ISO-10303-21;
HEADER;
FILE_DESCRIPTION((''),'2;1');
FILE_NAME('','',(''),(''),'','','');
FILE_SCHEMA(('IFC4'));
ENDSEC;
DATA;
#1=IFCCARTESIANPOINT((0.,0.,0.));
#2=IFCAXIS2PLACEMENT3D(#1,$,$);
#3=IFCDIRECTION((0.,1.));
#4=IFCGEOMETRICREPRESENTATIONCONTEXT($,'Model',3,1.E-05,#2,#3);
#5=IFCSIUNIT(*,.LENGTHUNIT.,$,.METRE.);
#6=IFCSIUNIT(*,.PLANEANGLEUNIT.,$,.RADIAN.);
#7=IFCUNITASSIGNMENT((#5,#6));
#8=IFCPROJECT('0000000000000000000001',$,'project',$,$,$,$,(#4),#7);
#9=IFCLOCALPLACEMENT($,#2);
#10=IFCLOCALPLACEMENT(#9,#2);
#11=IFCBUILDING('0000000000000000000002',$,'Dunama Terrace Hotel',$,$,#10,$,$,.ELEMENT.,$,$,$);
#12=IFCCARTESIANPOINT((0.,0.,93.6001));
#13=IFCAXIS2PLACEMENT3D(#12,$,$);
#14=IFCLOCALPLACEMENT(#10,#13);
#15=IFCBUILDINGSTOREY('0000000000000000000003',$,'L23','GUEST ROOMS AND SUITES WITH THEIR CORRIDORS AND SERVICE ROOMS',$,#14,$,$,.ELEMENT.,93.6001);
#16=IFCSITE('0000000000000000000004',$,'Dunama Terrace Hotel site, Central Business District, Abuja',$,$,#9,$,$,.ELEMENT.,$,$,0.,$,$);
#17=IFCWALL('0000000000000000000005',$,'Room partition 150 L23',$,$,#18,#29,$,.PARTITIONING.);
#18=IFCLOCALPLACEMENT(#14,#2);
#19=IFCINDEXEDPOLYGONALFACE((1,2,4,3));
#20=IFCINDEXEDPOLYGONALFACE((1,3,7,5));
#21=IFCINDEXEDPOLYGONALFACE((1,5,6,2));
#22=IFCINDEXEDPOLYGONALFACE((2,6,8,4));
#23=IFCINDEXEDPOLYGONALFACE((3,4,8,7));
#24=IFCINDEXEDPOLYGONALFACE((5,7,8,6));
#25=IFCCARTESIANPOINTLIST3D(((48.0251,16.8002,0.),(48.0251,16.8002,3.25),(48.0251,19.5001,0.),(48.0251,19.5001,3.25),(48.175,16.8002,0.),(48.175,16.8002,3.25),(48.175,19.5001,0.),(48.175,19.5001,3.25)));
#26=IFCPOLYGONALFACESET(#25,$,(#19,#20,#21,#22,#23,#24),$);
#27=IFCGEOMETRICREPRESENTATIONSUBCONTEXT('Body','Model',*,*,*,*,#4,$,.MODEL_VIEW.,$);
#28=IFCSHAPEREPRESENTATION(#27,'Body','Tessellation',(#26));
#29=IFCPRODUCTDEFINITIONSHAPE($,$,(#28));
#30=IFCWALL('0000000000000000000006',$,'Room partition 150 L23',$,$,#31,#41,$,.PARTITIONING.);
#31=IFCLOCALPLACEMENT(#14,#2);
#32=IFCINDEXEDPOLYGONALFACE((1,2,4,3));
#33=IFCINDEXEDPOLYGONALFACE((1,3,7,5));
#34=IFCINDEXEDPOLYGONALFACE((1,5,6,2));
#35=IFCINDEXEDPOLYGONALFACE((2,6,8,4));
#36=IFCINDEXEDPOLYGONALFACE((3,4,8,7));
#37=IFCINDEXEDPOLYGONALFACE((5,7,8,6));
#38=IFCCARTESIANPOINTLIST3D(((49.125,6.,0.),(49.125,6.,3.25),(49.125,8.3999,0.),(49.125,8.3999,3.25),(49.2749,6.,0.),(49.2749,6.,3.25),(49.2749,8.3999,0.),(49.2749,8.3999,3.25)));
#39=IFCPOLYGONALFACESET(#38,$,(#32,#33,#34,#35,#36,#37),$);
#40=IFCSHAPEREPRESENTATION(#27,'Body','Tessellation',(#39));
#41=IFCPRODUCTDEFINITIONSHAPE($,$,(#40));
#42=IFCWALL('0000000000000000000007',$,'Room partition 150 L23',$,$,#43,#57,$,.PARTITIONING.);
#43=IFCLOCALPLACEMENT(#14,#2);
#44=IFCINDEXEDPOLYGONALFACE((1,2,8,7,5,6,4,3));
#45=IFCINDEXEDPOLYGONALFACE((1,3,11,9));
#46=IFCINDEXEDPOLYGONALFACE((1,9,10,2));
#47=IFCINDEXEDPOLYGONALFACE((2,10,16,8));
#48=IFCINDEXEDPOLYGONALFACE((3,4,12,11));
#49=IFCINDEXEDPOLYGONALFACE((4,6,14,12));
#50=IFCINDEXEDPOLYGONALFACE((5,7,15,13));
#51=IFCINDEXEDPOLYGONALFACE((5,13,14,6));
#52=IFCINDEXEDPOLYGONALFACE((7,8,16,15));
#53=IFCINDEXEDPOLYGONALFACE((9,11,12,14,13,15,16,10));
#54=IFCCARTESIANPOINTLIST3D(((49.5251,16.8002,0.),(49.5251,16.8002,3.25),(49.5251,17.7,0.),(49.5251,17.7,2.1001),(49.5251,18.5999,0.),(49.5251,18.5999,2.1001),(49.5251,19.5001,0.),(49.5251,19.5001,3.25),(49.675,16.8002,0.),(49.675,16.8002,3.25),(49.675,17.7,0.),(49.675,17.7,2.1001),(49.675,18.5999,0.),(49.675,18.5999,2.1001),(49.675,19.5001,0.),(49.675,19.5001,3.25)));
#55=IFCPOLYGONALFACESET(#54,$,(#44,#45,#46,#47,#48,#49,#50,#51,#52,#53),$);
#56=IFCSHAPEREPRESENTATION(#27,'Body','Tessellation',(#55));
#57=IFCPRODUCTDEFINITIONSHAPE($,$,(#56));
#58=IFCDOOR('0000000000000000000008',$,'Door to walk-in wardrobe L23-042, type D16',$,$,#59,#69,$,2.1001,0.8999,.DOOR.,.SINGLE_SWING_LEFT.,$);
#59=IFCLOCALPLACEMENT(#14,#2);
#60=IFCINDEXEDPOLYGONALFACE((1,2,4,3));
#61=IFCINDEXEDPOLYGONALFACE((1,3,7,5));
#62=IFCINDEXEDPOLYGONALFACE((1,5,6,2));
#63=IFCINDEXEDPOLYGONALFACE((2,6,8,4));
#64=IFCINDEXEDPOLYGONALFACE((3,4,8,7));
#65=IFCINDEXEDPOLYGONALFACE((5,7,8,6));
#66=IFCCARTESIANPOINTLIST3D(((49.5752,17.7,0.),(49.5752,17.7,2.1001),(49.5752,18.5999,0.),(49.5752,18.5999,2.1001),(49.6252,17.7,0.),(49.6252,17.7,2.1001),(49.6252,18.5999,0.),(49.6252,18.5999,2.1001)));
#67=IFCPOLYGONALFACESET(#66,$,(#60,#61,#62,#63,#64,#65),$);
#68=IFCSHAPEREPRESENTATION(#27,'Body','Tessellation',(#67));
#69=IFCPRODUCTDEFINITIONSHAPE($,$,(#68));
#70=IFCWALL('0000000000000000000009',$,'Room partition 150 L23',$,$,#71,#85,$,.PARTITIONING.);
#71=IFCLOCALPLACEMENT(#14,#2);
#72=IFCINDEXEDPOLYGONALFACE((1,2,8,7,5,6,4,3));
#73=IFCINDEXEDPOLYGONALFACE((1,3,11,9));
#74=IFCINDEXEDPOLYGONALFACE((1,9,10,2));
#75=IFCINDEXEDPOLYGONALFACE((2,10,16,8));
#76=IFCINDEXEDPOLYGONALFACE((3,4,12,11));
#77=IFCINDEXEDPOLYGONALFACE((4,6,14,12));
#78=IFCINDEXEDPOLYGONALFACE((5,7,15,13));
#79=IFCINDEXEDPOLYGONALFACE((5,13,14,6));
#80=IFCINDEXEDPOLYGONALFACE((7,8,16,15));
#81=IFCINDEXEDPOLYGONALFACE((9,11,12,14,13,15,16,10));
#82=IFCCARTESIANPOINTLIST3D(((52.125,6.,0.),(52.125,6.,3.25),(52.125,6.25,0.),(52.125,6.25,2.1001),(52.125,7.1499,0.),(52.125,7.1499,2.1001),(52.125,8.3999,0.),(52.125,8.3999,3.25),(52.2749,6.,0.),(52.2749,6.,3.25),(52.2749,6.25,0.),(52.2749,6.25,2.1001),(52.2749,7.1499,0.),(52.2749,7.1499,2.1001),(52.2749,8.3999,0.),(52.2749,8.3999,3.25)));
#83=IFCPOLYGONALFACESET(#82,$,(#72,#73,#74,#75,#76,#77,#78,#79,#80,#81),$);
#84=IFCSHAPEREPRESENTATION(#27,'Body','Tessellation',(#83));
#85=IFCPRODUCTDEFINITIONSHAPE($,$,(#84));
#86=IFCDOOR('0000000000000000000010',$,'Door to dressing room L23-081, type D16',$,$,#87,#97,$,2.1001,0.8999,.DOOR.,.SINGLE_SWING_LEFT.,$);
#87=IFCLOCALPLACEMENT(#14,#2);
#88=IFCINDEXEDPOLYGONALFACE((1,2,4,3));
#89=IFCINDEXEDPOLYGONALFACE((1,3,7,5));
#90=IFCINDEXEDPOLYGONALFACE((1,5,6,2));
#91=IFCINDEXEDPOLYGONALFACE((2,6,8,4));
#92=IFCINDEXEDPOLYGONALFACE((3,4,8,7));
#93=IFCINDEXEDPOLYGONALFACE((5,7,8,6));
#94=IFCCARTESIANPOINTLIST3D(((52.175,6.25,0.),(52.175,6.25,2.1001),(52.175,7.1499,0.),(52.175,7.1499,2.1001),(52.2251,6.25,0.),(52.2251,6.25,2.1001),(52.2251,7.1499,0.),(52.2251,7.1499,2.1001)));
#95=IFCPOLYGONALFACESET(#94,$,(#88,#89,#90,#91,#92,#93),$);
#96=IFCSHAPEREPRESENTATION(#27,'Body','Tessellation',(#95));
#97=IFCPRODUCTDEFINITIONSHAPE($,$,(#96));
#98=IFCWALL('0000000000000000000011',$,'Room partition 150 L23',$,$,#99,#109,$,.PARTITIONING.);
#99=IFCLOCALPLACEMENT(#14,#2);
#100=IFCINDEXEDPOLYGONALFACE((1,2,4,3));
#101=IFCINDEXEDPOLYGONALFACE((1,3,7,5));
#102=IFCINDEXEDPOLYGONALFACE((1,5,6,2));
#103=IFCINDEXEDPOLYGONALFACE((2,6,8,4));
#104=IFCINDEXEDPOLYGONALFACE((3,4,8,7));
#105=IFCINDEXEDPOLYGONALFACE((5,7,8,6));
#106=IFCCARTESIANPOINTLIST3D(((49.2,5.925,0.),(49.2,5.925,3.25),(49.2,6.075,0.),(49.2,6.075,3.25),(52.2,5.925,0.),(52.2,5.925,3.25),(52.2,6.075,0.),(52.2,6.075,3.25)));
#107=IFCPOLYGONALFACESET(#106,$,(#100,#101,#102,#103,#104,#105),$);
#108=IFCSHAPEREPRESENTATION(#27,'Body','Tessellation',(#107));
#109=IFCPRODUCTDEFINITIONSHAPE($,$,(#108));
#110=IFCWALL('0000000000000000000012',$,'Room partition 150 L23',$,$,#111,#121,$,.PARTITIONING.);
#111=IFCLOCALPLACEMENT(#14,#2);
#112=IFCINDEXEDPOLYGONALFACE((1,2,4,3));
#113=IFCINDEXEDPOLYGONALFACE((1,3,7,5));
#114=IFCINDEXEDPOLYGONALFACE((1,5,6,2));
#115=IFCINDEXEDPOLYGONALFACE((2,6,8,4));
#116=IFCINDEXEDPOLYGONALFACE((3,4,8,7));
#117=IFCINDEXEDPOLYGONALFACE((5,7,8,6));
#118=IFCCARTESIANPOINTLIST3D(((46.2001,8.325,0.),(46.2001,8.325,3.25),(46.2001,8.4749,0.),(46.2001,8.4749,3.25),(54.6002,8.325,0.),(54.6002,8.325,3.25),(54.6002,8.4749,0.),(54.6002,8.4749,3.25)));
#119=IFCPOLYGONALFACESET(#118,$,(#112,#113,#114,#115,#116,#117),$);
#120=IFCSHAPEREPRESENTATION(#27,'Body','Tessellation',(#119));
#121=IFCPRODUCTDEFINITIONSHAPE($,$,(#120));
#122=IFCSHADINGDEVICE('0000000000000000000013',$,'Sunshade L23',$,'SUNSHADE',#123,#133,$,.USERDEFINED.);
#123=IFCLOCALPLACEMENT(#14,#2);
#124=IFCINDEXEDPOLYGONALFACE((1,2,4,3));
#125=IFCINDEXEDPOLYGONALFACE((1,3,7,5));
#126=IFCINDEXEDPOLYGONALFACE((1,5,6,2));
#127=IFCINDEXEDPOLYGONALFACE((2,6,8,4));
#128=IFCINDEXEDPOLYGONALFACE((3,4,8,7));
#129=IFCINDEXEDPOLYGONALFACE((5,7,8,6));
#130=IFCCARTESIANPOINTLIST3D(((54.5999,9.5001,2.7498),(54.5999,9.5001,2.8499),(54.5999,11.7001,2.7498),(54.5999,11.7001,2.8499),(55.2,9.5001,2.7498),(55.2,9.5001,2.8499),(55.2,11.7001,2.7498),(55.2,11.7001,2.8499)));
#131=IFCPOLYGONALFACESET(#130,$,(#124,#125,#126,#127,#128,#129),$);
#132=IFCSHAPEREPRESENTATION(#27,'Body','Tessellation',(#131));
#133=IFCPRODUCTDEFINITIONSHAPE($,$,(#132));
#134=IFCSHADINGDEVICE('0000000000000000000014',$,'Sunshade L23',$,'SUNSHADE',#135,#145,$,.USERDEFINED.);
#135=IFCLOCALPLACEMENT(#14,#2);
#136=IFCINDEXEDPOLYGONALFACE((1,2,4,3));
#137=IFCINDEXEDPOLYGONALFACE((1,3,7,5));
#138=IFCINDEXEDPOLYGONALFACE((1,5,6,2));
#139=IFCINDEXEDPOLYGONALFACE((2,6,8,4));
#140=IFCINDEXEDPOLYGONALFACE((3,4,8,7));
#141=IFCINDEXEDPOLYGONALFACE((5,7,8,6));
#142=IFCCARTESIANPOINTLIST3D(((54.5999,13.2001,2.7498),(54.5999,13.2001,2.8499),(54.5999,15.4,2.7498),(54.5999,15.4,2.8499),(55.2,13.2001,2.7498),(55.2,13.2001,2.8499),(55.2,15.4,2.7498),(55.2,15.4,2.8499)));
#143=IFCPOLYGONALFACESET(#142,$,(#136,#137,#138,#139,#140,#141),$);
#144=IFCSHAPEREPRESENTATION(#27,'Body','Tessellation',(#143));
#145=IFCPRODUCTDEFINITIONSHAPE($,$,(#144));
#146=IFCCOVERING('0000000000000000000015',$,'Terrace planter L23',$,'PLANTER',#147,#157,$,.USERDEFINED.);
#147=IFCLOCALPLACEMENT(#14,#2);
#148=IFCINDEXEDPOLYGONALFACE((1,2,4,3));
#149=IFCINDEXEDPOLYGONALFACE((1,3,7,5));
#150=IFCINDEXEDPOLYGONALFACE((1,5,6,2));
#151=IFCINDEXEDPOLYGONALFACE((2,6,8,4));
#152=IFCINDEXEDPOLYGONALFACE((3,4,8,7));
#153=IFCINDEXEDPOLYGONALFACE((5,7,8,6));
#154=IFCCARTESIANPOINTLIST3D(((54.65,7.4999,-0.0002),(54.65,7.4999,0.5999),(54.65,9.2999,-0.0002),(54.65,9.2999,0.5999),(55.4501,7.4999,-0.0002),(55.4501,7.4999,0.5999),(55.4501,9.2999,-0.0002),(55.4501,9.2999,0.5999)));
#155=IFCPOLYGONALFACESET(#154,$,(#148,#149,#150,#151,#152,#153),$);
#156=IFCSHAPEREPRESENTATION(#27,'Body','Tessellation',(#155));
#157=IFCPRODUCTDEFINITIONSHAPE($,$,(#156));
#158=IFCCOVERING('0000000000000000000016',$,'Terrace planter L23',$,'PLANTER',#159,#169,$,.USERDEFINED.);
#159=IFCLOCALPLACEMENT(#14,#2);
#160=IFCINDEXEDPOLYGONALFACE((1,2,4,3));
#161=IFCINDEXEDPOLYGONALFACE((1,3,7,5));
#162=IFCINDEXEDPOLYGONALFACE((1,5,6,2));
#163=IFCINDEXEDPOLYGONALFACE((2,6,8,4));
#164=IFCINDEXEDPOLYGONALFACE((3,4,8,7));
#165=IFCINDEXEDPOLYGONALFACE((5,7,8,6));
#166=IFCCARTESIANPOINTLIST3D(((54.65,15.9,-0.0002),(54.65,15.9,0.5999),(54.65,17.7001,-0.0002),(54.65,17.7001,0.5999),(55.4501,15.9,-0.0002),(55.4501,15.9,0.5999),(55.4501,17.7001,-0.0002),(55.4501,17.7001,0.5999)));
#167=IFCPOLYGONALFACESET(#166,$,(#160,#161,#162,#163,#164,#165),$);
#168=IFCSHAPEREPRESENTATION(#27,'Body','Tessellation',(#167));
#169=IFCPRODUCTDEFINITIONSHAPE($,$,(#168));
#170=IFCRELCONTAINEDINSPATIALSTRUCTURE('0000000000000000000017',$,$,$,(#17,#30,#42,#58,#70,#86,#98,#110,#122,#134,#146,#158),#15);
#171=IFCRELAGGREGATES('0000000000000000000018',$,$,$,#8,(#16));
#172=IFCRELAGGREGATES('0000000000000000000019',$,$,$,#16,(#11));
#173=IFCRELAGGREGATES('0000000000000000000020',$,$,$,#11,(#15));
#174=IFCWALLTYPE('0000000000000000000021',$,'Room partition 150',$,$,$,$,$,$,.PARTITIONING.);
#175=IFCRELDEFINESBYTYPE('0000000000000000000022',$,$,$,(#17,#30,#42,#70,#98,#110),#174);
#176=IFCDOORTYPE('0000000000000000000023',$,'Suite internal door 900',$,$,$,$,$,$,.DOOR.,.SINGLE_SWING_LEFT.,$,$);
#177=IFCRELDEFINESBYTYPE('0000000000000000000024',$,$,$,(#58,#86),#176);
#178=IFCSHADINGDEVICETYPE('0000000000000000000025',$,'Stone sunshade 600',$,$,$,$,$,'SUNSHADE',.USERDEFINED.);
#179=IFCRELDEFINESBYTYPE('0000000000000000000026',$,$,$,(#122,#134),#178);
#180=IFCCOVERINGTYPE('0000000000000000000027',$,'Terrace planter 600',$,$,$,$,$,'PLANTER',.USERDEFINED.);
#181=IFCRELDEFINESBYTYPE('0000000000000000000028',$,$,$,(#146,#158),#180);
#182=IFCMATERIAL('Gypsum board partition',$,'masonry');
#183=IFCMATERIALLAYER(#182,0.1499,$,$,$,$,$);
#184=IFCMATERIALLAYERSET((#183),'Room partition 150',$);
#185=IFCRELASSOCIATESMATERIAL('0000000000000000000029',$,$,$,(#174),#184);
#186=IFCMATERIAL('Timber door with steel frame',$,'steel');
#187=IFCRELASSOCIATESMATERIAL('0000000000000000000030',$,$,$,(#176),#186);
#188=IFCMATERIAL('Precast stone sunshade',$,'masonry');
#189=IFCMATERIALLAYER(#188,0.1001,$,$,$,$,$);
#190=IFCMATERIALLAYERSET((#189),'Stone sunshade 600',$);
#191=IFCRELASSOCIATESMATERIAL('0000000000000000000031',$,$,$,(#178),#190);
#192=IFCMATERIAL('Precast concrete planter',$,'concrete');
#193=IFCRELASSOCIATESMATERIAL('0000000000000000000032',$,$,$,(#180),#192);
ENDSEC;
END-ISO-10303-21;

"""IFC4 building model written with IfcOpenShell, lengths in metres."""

from ifc_helpers import new_model, si_unit, direction, frame, frame_2d, origin, origin_2d, place, context, subcontext, project, spatial, rectangle, extrude, material, layer, layer_set, type_object, element, fill, save


model = new_model("IFC4")

# Units and contexts
model_context = context("Model", 3, precision=1e-05, world=origin(), true_north=direction((0.0, 1.0)))
body_context = subcontext(model_context, "Body", "Model", "MODEL_VIEW")
ifc_project = project(units=[si_unit("LENGTHUNIT", "METRE"), si_unit("PLANEANGLEUNIT", "RADIAN")], contexts=[model_context])

# Site, building, storey
site_placement = place(None, origin())
site = spatial("IfcSite", under=ifc_project, at=site_placement, Name="Dunama Terrace Hotel site, Central Business District, Abuja", CompositionType="ELEMENT", RefElevation=0.0)
building_placement = place(site_placement, origin())
building = spatial("IfcBuilding", under=site, at=building_placement, Name="Dunama Terrace Hotel", CompositionType="ELEMENT")
storey_placement = place(building_placement, frame((0.0, 0.0, 93.6001)))
storey = spatial("IfcBuildingStorey", under=building, at=storey_placement, Name="L23", Description="GUEST ROOMS AND SUITES WITH THEIR CORRIDORS AND SERVICE ROOMS", CompositionType="ELEMENT", Elevation=93.6001)

# Walls
ifc_material_1 = material(Name="Gypsum board partition", Category="masonry")
ifc_layer_1 = layer(ifc_material_1, 0.1499)
ifc_layer_set_1 = layer_set([ifc_layer_1], Name="Room partition 150")
wall_type_1 = type_object("IfcWallType", Name="Room partition 150", PredefinedType="PARTITIONING", material=ifc_layer_set_1)
wall_1_placement = place(storey_placement, frame((48.1001, 16.8, 0.0), z_axis=(0.0, 0.0, 1.0), x_axis=(0.0, 1.0, 0.0)))
element("IfcWall", 1, at=wall_1_placement, inside=storey, type_object=wall_type_1, Name="Room partition 150 L23", PredefinedType="PARTITIONING", context=body_context, shape_type="SweptSolid", body=[
    extrude(rectangle(XDim=2.7, YDim=0.1499, at=frame_2d((1.3501, 0.0))), origin(), (0.0, 0.0, 1.0), 3.25),
])
wall_2_placement = place(storey_placement, frame((49.2, 6.0, 0.0), z_axis=(0.0, 0.0, 1.0), x_axis=(0.0, 1.0, 0.0)))
element("IfcWall", 2, at=wall_2_placement, inside=storey, type_object=wall_type_1, Name="Room partition 150 L23", PredefinedType="PARTITIONING", context=body_context, shape_type="SweptSolid", body=[
    extrude(rectangle(XDim=2.3999, YDim=0.1499, at=frame_2d((1.2, 0.0))), origin(), (0.0, 0.0, 1.0), 3.25),
])

# Walls, openings, doors
wall_3_placement = place(storey_placement, frame((49.6001, 16.8, 0.0), z_axis=(0.0, 0.0, 1.0), x_axis=(0.0, 1.0, 0.0)))
wall_3 = element("IfcWall", 3, at=wall_3_placement, inside=storey, type_object=wall_type_1, Name="Room partition 150 L23", PredefinedType="PARTITIONING", context=body_context, shape_type="SweptSolid", body=[
    extrude(rectangle(XDim=2.7, YDim=0.1499, at=frame_2d((1.3501, 0.0))), origin(), (0.0, 0.0, 1.0), 3.25),
])
opening_1_placement = place(wall_3_placement, frame((0.8999, 0.0, 0.0)))
opening_1 = element("IfcOpeningElement", 4, at=opening_1_placement, cuts=wall_3, PredefinedType="OPENING", context=body_context, shape_type="SweptSolid", body=[
    extrude(rectangle(XDim=0.8999, YDim=2.1001, at=frame_2d((0.45, 1.05))), frame((0.0, 0.085, 0.0), z_axis=(0.0, -1.0, 0.0), x_axis=(1.0, 0.0, 0.0)), (0.0, 0.0, 1.0), 0.1699),
])
ifc_material_2 = material(Name="Timber door with steel frame", Category="steel")
door_type_1 = type_object("IfcDoorType", Name="Suite internal door 900", OperationType="SINGLE_SWING_LEFT", PredefinedType="DOOR", material=ifc_material_2)
door_1_placement = place(opening_1_placement, origin())
door_1 = element("IfcDoor", 5, at=door_1_placement, inside=storey, type_object=door_type_1, Name="Door to walk-in wardrobe L23-042, type D16", OperationType="SINGLE_SWING_LEFT", OverallHeight=2.1001, OverallWidth=0.8999, PredefinedType="DOOR", context=body_context, shape_type="SweptSolid", body=[
    extrude(rectangle(XDim=0.8999, YDim=2.1001, at=frame_2d((0.45, 1.05))), frame((0.0, 0.0249, 0.0), z_axis=(0.0, -1.0, 0.0), x_axis=(1.0, 0.0, 0.0)), (0.0, 0.0, 1.0), 0.05),
])
fill(opening_1, door_1)
wall_4_placement = place(storey_placement, frame((52.2, 6.0, 0.0), z_axis=(0.0, 0.0, 1.0), x_axis=(0.0, 1.0, 0.0)))
wall_4 = element("IfcWall", 6, at=wall_4_placement, inside=storey, type_object=wall_type_1, Name="Room partition 150 L23", PredefinedType="PARTITIONING", context=body_context, shape_type="SweptSolid", body=[
    extrude(rectangle(XDim=2.3999, YDim=0.1499, at=frame_2d((1.2, 0.0))), origin(), (0.0, 0.0, 1.0), 3.25),
])
opening_2_placement = place(wall_4_placement, frame((0.25, 0.0, 0.0)))
opening_2 = element("IfcOpeningElement", 7, at=opening_2_placement, cuts=wall_4, PredefinedType="OPENING", context=body_context, shape_type="SweptSolid", body=[
    extrude(rectangle(XDim=0.8999, YDim=2.1001, at=frame_2d((0.45, 1.05))), frame((0.0, 0.085, 0.0), z_axis=(0.0, -1.0, 0.0), x_axis=(1.0, 0.0, 0.0)), (0.0, 0.0, 1.0), 0.1699),
])
door_2_placement = place(opening_2_placement, origin())
door_2 = element("IfcDoor", 8, at=door_2_placement, inside=storey, type_object=door_type_1, Name="Door to dressing room L23-081, type D16", OperationType="SINGLE_SWING_LEFT", OverallHeight=2.1001, OverallWidth=0.8999, PredefinedType="DOOR", context=body_context, shape_type="SweptSolid", body=[
    extrude(rectangle(XDim=0.8999, YDim=2.1001, at=frame_2d((0.45, 1.05))), frame((0.0, 0.0249, 0.0), z_axis=(0.0, -1.0, 0.0), x_axis=(1.0, 0.0, 0.0)), (0.0, 0.0, 1.0), 0.05),
])
fill(opening_2, door_2)

# Walls
wall_5_placement = place(storey_placement, frame((49.2, 6.0, 0.0), z_axis=(0.0, 0.0, 1.0), x_axis=(1.0, 0.0, 0.0)))
element("IfcWall", 9, at=wall_5_placement, inside=storey, type_object=wall_type_1, Name="Room partition 150 L23", PredefinedType="PARTITIONING", context=body_context, shape_type="SweptSolid", body=[
    extrude(rectangle(XDim=3.0, YDim=0.1499, at=frame_2d((1.5, 0.0))), origin(), (0.0, 0.0, 1.0), 3.25),
])
wall_6_placement = place(storey_placement, frame((46.2, 8.3999, 0.0), z_axis=(0.0, 0.0, 1.0), x_axis=(1.0, 0.0, 0.0)))
element("IfcWall", 10, at=wall_6_placement, inside=storey, type_object=wall_type_1, Name="Room partition 150 L23", PredefinedType="PARTITIONING", context=body_context, shape_type="SweptSolid", body=[
    extrude(rectangle(XDim=8.4001, YDim=0.1499, at=frame_2d((4.2002, 0.0))), origin(), (0.0, 0.0, 1.0), 3.25),
])

# Shading devices
ifc_material_3 = material(Name="Precast stone sunshade", Category="masonry")
ifc_layer_2 = layer(ifc_material_3, 0.1001)
ifc_layer_set_2 = layer_set([ifc_layer_2], Name="Stone sunshade 600")
shading_device_type = type_object("IfcShadingDeviceType", Name="Stone sunshade 600", ElementType="SUNSHADE", PredefinedType="USERDEFINED", material=ifc_layer_set_2)
for number, where, z_axis, x_axis, name in (
    (11, (54.8999, 10.6001, 2.7498), (0.0, 0.0, 1.0), (0.0, 1.0, 0.0), "Sunshade L23"),
    (12, (54.8999, 14.3, 2.7498), (0.0, 0.0, 1.0), (0.0, 1.0, 0.0), "Sunshade L23"),
):
    element("IfcShadingDevice", number, at=place(storey_placement, frame(where, z_axis=z_axis, x_axis=x_axis)), inside=storey, type_object=shading_device_type, Name=name, ObjectType="SUNSHADE", PredefinedType="USERDEFINED", context=body_context, shape_type="SweptSolid", body=[
        extrude(rectangle(XDim=2.2, YDim=0.6001, at=origin_2d()), origin(), (0.0, 0.0, 1.0), 0.1001),
    ])

# Coverings
ifc_material_4 = material(Name="Precast concrete planter", Category="concrete")
covering_type = type_object("IfcCoveringType", Name="Terrace planter 600", ElementType="PLANTER", PredefinedType="USERDEFINED", material=ifc_material_4)
for number, where, z_axis, x_axis, name in (
    (13, (55.05, 8.3999, -0.0002), (0.0, 0.0, 1.0), (1.0, 0.0, 0.0), "Terrace planter L23"),
    (14, (55.05, 16.8, -0.0002), (0.0, 0.0, 1.0), (1.0, 0.0, 0.0), "Terrace planter L23"),
):
    element("IfcCovering", number, at=place(storey_placement, frame(where, z_axis=z_axis, x_axis=x_axis)), inside=storey, type_object=covering_type, Name=name, ObjectType="PLANTER", PredefinedType="USERDEFINED", context=body_context, shape_type="SweptSolid", body=[
        extrude(rectangle(XDim=0.8, YDim=1.8, at=origin_2d()), origin(), (0.0, 0.0, 1.0), 0.6001),
    ])

save(model, "model.ifc")
